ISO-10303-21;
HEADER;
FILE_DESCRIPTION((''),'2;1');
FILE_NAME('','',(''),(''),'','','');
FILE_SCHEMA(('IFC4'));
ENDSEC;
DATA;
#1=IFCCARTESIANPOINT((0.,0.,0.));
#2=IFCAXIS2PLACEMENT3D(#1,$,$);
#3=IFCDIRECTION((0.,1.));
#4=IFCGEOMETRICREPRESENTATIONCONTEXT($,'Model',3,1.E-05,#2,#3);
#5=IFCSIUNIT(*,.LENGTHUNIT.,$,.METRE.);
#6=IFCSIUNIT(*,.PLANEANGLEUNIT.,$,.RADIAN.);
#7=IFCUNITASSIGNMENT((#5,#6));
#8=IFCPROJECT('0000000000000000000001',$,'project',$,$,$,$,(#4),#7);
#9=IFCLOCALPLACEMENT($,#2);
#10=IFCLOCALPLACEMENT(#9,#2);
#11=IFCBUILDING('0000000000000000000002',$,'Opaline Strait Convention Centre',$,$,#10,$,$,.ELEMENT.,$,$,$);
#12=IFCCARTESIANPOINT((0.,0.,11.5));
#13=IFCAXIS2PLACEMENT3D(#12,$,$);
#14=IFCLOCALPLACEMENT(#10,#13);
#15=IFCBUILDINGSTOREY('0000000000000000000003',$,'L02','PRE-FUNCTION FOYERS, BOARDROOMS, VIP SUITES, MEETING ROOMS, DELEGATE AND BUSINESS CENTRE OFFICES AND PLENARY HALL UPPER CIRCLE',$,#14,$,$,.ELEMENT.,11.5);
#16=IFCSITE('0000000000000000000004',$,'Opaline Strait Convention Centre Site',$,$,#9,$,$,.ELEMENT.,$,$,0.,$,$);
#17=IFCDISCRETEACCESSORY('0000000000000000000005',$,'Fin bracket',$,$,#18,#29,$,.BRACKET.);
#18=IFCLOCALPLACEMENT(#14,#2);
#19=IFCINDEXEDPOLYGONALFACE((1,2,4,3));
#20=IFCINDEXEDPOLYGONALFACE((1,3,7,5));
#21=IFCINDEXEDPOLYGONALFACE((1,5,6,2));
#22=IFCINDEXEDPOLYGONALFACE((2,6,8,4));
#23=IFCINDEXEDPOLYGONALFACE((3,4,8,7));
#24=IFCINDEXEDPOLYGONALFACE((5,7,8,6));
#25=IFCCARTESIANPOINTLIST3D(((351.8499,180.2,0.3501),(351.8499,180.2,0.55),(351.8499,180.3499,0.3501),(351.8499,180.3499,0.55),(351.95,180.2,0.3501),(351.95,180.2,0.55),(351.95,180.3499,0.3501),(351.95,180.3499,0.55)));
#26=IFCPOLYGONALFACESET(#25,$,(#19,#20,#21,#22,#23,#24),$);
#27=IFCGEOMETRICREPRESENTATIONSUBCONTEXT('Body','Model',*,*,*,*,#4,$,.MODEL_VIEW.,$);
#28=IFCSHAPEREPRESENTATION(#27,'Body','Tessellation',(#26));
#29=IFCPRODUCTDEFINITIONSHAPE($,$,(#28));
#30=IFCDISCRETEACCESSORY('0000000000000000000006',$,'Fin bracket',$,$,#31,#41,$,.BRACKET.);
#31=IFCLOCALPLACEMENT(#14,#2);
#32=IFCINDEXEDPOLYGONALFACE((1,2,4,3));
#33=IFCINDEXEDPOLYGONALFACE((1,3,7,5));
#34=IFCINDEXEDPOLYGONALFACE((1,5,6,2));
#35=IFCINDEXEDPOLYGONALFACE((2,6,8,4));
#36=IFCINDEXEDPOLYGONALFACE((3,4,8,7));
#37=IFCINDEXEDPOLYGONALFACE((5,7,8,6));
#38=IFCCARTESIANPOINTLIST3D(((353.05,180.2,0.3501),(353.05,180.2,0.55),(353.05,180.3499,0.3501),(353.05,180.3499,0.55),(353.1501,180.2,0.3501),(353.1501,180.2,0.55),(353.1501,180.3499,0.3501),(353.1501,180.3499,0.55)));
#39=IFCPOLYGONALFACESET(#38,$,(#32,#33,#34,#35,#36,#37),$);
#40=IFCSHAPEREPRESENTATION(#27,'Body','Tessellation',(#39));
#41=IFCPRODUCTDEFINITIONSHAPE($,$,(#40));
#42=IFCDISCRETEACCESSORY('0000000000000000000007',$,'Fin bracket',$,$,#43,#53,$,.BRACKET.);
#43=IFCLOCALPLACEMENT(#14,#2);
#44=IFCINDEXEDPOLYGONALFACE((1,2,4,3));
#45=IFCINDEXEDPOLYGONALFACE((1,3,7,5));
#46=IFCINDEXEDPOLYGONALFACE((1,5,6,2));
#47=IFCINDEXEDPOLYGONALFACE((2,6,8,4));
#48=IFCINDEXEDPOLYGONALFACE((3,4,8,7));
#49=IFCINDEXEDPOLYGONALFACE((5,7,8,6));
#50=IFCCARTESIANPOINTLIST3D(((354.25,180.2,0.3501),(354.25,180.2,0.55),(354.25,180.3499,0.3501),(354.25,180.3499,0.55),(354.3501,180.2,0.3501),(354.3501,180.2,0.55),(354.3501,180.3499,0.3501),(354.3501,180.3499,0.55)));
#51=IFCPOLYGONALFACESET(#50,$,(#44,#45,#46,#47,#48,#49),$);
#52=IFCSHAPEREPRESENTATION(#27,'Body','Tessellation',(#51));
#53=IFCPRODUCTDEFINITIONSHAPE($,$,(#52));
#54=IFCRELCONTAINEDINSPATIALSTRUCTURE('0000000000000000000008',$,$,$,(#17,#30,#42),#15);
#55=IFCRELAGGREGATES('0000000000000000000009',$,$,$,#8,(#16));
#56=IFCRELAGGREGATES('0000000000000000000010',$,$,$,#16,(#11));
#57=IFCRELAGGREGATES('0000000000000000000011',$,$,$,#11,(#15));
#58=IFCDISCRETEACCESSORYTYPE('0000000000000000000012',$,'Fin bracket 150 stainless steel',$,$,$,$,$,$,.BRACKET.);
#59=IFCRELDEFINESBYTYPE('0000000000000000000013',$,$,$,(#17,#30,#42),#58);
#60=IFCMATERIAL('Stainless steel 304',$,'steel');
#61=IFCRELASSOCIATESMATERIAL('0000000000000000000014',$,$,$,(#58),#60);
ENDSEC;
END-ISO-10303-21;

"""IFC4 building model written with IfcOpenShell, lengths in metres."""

from ifc_helpers import new_model, si_unit, direction, frame, origin, origin_2d, place, context, subcontext, project, spatial, rectangle, extrude, material, type_object, element, save


model = new_model("IFC4")

# Units and contexts
model_context = context("Model", 3, precision=1e-05, world=origin(), true_north=direction((0.0, 1.0)))
body_context = subcontext(model_context, "Body", "Model", "MODEL_VIEW")
ifc_project = project(units=[si_unit("LENGTHUNIT", "METRE"), si_unit("PLANEANGLEUNIT", "RADIAN")], contexts=[model_context])

# Site, building, storey
site_placement = place(None, origin())
site = spatial("IfcSite", under=ifc_project, at=site_placement, Name="Opaline Strait Convention Centre Site", CompositionType="ELEMENT", RefElevation=0.0)
building_placement = place(site_placement, origin())
building = spatial("IfcBuilding", under=site, at=building_placement, Name="Opaline Strait Convention Centre", CompositionType="ELEMENT")
storey_placement = place(building_placement, frame((0.0, 0.0, 11.5)))
storey = spatial("IfcBuildingStorey", under=building, at=storey_placement, Name="L02", Description="PRE-FUNCTION FOYERS, BOARDROOMS, VIP SUITES, MEETING ROOMS, DELEGATE AND BUSINESS CENTRE OFFICES AND PLENARY HALL UPPER CIRCLE", CompositionType="ELEMENT", Elevation=11.5)

# Shared definitions
ifc_material_1 = material(Name="Stainless steel 304", Category="steel")

# Discrete accessories
discrete_accessory_type = type_object("IfcDiscreteAccessoryType", Name="Fin bracket 150 stainless steel", PredefinedType="BRACKET", material=ifc_material_1)
for number, where, z_axis, x_axis, name in (
    (1, (351.8999, 180.2749, 0.3501), (0.0, 0.0, 1.0), (1.0, 0.0, 0.0), "Fin bracket"),
    (2, (353.1001, 180.2749, 0.3501), (0.0, 0.0, 1.0), (1.0, 0.0, 0.0), "Fin bracket"),
    (3, (354.3, 180.2749, 0.3501), (0.0, 0.0, 1.0), (1.0, 0.0, 0.0), "Fin bracket"),
):
    element("IfcDiscreteAccessory", number, at=place(storey_placement, frame(where, z_axis=z_axis, x_axis=x_axis)), inside=storey, type_object=discrete_accessory_type, Name=name, PredefinedType="BRACKET", context=body_context, shape_type="SweptSolid", body=[
        extrude(rectangle(XDim=0.1001, YDim=0.1499, at=origin_2d()), origin(), (0.0, 0.0, 1.0), 0.2),
    ])

save(model, "model.ifc")
